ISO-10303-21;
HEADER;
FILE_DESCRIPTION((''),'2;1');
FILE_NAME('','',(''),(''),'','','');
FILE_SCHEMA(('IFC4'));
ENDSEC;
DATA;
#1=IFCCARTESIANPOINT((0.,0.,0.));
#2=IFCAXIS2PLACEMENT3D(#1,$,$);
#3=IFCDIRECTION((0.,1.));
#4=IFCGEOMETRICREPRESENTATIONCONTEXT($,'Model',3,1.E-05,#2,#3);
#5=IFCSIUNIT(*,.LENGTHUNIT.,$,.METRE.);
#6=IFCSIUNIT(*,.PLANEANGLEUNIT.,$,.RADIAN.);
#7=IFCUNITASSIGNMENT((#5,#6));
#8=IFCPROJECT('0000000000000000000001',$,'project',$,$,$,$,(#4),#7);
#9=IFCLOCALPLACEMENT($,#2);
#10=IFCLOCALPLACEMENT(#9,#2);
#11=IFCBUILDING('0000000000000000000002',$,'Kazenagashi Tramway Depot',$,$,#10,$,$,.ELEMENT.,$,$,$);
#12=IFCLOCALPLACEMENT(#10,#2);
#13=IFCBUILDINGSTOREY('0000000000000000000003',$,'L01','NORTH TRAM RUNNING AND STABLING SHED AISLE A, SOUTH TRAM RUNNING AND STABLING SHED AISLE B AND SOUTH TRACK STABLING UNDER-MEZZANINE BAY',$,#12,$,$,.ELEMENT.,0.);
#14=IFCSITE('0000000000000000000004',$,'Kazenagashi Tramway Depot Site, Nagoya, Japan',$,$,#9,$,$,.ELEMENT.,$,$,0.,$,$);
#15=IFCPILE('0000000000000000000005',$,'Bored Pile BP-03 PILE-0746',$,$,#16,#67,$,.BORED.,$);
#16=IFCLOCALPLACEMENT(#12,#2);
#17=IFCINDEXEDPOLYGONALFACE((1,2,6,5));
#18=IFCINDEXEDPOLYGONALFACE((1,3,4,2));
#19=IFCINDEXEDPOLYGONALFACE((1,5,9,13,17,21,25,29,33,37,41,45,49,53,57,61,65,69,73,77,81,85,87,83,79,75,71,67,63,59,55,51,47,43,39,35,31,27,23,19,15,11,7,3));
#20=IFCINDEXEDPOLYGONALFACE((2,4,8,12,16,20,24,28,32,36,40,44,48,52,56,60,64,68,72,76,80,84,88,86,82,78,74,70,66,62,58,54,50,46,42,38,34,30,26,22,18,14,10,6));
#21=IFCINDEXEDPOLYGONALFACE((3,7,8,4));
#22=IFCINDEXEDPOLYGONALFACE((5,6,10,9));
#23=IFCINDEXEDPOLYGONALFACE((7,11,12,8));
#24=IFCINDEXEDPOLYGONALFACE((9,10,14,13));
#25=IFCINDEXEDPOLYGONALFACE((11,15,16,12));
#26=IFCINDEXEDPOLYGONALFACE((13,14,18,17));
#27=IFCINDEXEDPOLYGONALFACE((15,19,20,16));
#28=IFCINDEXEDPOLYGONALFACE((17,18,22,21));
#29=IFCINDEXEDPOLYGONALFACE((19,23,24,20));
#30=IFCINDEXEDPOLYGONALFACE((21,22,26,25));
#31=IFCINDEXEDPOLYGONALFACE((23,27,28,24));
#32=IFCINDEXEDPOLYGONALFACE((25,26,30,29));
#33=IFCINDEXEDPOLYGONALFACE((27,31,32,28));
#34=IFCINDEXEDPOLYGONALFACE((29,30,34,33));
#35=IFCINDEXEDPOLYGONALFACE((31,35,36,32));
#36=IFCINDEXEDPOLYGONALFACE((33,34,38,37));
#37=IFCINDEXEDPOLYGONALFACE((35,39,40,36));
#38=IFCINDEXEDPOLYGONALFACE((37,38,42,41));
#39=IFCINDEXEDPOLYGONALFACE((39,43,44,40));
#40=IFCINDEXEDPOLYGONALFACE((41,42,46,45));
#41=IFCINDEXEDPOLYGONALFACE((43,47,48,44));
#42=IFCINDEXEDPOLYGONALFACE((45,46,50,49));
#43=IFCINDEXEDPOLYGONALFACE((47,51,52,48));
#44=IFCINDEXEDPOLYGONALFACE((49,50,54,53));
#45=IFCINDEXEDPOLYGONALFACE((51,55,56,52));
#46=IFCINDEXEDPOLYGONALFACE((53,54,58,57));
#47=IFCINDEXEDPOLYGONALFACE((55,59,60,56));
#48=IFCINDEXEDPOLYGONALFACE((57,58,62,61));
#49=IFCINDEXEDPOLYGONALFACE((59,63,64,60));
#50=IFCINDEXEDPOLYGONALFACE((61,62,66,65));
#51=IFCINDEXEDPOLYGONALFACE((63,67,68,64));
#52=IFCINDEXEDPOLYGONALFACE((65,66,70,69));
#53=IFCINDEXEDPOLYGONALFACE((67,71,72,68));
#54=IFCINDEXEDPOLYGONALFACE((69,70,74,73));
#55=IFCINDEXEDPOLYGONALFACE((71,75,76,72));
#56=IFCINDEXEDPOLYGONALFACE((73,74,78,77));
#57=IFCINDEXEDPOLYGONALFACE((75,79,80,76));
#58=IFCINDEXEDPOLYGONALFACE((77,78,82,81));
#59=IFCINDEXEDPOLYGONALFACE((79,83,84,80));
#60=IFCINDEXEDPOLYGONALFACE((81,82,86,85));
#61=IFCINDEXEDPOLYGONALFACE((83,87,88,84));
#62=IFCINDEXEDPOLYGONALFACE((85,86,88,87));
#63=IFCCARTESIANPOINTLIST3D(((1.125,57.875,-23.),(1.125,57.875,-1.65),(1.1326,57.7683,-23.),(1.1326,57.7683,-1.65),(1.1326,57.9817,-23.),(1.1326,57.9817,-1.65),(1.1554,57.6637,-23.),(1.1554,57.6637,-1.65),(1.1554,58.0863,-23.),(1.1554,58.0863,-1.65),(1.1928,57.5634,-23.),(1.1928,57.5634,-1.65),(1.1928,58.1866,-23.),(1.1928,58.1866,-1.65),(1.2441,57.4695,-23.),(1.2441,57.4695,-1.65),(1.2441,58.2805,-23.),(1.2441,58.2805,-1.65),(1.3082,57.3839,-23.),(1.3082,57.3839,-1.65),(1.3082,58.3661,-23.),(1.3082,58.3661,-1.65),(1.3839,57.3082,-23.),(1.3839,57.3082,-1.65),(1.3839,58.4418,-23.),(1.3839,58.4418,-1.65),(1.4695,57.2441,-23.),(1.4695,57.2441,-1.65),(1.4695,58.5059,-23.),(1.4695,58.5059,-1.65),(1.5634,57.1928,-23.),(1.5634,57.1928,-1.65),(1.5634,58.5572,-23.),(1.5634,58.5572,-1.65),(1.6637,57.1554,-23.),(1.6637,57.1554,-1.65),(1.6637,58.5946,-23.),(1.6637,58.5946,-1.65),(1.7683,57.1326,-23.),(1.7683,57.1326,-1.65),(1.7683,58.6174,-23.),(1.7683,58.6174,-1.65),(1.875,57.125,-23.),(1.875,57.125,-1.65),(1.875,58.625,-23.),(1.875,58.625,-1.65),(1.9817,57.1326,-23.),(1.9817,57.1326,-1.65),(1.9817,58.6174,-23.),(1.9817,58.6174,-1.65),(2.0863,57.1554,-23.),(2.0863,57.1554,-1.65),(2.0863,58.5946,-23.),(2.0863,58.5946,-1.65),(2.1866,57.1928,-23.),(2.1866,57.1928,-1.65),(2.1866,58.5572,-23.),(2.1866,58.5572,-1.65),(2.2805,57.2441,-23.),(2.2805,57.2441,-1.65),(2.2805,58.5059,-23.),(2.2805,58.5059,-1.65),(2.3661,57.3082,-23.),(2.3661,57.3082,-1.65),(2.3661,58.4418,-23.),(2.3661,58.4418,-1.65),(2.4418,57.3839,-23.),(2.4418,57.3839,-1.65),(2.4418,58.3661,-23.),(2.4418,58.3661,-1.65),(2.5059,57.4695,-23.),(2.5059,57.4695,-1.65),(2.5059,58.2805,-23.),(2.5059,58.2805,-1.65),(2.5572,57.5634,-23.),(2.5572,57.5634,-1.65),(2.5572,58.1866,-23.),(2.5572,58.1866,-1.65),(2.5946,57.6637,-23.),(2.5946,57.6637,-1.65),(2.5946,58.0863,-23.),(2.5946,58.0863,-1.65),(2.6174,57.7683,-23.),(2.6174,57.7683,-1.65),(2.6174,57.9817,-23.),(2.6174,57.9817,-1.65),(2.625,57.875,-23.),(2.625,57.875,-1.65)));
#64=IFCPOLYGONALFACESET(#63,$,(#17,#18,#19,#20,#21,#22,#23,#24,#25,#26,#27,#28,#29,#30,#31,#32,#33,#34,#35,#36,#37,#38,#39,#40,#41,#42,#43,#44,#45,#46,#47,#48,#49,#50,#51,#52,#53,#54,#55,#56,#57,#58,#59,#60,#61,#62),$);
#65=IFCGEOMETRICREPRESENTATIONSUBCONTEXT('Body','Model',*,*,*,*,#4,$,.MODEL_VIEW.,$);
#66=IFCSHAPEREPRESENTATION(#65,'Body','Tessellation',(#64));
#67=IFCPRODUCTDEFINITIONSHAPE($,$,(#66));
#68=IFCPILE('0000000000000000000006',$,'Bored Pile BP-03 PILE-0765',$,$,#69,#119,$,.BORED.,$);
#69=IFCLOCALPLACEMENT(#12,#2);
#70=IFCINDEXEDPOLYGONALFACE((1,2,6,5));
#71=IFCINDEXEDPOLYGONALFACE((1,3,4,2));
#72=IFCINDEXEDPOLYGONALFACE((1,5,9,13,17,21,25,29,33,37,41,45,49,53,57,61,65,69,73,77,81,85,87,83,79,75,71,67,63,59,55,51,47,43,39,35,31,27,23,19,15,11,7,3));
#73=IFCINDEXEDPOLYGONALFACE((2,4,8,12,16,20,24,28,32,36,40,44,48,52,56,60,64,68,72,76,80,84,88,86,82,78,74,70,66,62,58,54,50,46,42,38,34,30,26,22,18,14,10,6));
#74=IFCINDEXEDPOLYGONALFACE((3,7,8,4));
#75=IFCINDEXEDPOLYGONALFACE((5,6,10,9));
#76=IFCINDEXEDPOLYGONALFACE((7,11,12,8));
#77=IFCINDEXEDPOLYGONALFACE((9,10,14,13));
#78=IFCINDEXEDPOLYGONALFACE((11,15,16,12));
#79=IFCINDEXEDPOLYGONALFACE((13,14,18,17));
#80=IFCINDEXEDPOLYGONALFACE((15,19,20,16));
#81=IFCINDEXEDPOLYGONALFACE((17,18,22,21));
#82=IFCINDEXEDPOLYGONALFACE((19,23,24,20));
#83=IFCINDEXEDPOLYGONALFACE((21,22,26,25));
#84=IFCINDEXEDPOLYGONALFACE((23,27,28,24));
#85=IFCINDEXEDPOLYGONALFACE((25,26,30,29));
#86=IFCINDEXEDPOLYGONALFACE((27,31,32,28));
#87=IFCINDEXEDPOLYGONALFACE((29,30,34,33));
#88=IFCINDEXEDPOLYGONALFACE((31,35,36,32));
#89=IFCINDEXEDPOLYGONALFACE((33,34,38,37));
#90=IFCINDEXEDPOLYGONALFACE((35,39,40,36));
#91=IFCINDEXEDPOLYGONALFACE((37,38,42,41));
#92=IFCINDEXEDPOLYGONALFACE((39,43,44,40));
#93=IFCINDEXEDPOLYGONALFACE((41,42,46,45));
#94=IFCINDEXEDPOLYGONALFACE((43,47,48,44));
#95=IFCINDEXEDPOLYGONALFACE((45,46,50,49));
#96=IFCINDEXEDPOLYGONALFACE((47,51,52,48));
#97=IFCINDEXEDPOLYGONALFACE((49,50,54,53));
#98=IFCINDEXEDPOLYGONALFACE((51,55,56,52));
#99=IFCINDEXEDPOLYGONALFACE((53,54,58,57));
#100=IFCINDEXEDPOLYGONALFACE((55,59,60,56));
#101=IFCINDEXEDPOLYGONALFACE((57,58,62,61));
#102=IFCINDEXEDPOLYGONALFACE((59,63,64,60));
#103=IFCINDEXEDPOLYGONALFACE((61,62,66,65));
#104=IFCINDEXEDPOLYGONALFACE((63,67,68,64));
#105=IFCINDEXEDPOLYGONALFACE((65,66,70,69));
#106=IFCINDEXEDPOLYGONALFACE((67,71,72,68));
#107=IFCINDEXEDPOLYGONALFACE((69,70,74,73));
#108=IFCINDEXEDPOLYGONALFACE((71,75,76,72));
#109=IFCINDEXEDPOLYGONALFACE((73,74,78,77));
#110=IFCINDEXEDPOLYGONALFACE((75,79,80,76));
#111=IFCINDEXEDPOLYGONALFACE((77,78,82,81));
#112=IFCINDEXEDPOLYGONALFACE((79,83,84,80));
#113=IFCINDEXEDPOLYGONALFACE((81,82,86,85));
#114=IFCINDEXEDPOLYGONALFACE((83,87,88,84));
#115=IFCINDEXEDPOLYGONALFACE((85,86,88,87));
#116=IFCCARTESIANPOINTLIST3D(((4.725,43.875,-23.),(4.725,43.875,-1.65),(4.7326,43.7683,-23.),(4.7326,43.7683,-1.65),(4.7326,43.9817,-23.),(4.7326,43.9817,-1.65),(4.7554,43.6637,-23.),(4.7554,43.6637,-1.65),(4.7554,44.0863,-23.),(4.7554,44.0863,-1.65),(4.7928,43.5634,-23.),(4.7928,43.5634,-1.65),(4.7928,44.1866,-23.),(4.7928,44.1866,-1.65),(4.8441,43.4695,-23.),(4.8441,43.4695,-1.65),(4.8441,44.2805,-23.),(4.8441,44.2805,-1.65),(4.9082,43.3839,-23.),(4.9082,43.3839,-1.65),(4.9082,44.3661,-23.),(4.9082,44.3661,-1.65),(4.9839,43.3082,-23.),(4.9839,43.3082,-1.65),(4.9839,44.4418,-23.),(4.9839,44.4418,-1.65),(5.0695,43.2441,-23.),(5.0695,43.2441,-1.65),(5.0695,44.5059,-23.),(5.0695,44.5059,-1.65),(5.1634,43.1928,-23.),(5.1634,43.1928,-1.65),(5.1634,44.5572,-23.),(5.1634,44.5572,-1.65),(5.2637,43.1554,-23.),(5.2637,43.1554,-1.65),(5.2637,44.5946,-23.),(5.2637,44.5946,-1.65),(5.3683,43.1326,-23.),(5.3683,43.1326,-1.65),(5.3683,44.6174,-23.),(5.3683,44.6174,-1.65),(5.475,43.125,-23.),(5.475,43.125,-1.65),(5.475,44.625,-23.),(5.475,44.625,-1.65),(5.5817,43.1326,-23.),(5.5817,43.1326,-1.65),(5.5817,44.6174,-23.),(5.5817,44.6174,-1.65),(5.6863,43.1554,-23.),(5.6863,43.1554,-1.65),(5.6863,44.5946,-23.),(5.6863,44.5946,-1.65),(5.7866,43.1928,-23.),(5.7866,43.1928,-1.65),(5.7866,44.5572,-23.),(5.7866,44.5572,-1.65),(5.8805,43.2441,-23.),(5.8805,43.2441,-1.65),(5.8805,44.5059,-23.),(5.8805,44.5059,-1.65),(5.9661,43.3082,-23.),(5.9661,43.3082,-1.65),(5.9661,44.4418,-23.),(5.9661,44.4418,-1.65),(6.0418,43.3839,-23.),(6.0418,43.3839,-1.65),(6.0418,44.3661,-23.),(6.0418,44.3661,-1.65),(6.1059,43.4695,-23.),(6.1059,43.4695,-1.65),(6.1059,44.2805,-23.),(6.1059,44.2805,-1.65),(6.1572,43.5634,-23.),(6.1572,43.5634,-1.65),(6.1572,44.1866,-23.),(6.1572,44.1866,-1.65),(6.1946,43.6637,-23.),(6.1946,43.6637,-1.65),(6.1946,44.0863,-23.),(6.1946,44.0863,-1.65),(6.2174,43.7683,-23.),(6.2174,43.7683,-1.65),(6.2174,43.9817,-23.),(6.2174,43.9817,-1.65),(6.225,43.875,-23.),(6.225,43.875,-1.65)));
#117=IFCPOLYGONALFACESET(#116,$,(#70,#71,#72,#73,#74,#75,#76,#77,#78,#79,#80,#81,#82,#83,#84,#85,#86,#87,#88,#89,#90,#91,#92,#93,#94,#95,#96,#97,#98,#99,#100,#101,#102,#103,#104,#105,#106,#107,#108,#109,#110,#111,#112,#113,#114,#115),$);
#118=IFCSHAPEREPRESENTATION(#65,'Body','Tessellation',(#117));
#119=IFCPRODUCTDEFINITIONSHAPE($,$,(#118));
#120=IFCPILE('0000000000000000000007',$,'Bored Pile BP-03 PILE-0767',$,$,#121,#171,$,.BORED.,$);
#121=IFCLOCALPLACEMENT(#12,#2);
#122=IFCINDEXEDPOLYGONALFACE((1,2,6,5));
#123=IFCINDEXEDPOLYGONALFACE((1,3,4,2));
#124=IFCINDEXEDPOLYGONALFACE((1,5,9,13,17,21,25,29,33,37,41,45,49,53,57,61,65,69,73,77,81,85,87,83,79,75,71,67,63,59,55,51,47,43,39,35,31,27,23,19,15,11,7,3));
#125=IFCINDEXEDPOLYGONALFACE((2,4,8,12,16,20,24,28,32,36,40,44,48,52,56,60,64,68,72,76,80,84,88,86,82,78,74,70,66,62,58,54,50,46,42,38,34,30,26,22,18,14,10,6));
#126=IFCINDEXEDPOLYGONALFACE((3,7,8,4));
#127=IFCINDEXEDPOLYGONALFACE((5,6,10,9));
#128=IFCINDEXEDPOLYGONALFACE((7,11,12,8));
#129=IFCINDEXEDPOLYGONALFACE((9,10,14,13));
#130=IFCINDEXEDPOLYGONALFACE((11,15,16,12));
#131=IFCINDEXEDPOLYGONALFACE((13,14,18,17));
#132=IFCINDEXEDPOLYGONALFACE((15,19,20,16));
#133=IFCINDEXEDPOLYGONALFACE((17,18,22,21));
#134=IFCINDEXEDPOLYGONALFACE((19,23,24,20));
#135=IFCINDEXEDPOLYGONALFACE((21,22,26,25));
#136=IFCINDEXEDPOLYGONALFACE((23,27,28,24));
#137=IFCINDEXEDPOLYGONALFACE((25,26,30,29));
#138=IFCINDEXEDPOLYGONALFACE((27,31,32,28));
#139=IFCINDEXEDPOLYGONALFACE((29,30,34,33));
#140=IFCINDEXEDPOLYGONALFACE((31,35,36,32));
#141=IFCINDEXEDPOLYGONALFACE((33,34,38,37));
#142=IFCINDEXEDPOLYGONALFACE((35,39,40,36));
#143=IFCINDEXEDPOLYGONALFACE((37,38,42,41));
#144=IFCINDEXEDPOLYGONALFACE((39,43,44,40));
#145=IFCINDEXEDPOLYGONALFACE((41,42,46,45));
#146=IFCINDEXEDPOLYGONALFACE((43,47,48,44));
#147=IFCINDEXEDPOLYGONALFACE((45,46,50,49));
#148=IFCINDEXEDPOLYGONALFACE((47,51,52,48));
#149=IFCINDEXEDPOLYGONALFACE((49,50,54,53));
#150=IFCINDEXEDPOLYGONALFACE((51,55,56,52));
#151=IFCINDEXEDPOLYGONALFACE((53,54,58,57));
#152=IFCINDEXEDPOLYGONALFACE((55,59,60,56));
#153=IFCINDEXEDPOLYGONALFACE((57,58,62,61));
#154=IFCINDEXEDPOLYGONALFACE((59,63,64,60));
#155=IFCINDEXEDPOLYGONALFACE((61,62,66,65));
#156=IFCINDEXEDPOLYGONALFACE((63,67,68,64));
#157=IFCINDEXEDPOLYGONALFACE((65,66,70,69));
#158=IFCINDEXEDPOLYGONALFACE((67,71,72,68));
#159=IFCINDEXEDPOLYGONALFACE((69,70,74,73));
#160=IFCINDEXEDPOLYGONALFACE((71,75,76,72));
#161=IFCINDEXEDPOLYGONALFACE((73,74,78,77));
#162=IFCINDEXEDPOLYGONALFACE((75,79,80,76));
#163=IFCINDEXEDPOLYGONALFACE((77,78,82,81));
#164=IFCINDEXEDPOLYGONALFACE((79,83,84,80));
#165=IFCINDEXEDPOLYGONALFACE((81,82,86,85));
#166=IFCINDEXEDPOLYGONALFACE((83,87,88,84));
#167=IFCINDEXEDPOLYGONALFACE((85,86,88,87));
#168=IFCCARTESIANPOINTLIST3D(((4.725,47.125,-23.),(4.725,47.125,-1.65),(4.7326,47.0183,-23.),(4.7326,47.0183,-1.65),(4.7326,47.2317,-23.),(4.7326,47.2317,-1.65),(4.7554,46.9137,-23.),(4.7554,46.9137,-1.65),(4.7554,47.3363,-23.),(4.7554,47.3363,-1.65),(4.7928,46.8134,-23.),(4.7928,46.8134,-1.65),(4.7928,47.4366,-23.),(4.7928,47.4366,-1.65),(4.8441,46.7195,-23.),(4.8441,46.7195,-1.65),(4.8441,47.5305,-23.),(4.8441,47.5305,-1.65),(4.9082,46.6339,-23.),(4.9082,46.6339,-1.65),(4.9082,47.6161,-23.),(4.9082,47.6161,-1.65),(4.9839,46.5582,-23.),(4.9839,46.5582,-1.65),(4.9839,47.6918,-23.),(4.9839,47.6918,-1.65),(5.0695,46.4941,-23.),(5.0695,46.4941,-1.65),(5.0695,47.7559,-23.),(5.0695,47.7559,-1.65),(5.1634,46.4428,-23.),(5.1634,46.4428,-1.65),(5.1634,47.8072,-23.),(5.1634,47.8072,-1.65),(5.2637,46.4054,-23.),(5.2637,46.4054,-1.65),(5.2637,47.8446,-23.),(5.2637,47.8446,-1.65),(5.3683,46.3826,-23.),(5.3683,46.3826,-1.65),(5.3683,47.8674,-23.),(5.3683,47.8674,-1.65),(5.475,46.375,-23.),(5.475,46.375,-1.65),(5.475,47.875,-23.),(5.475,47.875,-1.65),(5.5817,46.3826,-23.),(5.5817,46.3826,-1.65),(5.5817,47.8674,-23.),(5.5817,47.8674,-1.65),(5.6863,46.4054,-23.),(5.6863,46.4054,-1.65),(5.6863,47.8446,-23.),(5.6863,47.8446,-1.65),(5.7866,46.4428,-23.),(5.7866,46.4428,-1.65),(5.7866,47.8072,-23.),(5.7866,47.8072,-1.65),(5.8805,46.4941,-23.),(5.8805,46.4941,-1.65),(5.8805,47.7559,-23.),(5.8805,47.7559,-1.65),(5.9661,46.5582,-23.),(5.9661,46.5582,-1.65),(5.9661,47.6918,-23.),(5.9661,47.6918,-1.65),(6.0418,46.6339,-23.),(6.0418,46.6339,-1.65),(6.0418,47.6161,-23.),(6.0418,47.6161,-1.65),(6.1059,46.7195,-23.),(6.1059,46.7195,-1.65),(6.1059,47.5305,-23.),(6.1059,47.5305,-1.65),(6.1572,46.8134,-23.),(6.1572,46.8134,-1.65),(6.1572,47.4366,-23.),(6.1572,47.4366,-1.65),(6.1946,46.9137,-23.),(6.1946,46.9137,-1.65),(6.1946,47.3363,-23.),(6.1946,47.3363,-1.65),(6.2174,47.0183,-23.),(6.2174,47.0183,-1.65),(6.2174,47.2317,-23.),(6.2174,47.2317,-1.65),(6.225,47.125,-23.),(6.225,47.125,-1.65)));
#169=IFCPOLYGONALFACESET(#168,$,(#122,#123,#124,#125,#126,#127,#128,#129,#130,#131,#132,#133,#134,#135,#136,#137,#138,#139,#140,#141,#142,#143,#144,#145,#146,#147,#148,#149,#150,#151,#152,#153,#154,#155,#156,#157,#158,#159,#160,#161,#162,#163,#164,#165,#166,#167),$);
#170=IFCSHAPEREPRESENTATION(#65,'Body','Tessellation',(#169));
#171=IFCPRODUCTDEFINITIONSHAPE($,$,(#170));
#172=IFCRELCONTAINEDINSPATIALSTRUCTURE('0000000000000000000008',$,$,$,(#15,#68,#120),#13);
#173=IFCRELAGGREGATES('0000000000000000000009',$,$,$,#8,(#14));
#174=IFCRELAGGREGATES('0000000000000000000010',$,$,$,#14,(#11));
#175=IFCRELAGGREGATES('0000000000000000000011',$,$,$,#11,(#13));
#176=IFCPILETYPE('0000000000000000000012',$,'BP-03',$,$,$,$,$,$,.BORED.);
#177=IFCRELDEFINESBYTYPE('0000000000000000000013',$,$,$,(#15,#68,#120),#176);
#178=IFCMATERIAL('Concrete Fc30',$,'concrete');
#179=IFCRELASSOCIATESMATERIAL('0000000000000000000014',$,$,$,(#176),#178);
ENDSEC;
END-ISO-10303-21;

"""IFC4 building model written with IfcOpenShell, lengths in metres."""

from ifc_helpers import new_model, si_unit, direction, frame, origin, origin_2d, place, context, subcontext, project, spatial, circle, extrude, material, material_profile, profile_set, type_object, element, save


model = new_model("IFC4")

# Units and contexts
model_context = context("Model", 3, precision=1e-05, world=origin(), true_north=direction((0.0, 1.0)))
body_context = subcontext(model_context, "Body", "Model", "MODEL_VIEW")
ifc_project = project(units=[si_unit("LENGTHUNIT", "METRE"), si_unit("PLANEANGLEUNIT", "RADIAN")], contexts=[model_context])

# Site, building, storey
site_placement = place(None, origin())
site = spatial("IfcSite", under=ifc_project, at=site_placement, Name="Kazenagashi Tramway Depot Site, Nagoya, Japan", CompositionType="ELEMENT", RefElevation=0.0)
building_placement = place(site_placement, origin())
building = spatial("IfcBuilding", under=site, at=building_placement, Name="Kazenagashi Tramway Depot", CompositionType="ELEMENT")
storey_placement = place(building_placement, origin())
storey = spatial("IfcBuildingStorey", under=building, at=storey_placement, Name="L01", Description="NORTH TRAM RUNNING AND STABLING SHED AISLE A, SOUTH TRAM RUNNING AND STABLING SHED AISLE B AND SOUTH TRACK STABLING UNDER-MEZZANINE BAY", CompositionType="ELEMENT", Elevation=0.0)

# Piles
ifc_material_1 = material(Name="Concrete Fc30", Category="concrete")
ifc_material_profile_1 = material_profile(ifc_material_1, circle(Radius=0.75, at=origin_2d()), Name="PILE-1500")
ifc_profile_set_1 = profile_set([ifc_material_profile_1], Name="Concrete Fc30")
pile_type = type_object("IfcPileType", Name="BP-03", PredefinedType="BORED", material=ifc_profile_set_1)
for number, where, z_axis, x_axis, name in (
    (1, (1.875, 57.875, -1.65), (0.0, 0.0, -1.0), (1.0, 0.0, 0.0), "Bored Pile BP-03 PILE-0746"),
    (2, (5.475, 43.875, -1.65), (0.0, 0.0, -1.0), (1.0, 0.0, 0.0), "Bored Pile BP-03 PILE-0765"),
    (3, (5.475, 47.125, -1.65), (0.0, 0.0, -1.0), (1.0, 0.0, 0.0), "Bored Pile BP-03 PILE-0767"),
):
    element("IfcPile", number, at=place(storey_placement, frame(where, z_axis=z_axis, x_axis=x_axis)), inside=storey, type_object=pile_type, Name=name, PredefinedType="BORED", context=body_context, shape_type="SweptSolid", body=[
        extrude(circle(Radius=0.75, at=origin_2d()), origin(), (0.0, 0.0, 1.0), 21.35),
    ])

save(model, "model.ifc")
